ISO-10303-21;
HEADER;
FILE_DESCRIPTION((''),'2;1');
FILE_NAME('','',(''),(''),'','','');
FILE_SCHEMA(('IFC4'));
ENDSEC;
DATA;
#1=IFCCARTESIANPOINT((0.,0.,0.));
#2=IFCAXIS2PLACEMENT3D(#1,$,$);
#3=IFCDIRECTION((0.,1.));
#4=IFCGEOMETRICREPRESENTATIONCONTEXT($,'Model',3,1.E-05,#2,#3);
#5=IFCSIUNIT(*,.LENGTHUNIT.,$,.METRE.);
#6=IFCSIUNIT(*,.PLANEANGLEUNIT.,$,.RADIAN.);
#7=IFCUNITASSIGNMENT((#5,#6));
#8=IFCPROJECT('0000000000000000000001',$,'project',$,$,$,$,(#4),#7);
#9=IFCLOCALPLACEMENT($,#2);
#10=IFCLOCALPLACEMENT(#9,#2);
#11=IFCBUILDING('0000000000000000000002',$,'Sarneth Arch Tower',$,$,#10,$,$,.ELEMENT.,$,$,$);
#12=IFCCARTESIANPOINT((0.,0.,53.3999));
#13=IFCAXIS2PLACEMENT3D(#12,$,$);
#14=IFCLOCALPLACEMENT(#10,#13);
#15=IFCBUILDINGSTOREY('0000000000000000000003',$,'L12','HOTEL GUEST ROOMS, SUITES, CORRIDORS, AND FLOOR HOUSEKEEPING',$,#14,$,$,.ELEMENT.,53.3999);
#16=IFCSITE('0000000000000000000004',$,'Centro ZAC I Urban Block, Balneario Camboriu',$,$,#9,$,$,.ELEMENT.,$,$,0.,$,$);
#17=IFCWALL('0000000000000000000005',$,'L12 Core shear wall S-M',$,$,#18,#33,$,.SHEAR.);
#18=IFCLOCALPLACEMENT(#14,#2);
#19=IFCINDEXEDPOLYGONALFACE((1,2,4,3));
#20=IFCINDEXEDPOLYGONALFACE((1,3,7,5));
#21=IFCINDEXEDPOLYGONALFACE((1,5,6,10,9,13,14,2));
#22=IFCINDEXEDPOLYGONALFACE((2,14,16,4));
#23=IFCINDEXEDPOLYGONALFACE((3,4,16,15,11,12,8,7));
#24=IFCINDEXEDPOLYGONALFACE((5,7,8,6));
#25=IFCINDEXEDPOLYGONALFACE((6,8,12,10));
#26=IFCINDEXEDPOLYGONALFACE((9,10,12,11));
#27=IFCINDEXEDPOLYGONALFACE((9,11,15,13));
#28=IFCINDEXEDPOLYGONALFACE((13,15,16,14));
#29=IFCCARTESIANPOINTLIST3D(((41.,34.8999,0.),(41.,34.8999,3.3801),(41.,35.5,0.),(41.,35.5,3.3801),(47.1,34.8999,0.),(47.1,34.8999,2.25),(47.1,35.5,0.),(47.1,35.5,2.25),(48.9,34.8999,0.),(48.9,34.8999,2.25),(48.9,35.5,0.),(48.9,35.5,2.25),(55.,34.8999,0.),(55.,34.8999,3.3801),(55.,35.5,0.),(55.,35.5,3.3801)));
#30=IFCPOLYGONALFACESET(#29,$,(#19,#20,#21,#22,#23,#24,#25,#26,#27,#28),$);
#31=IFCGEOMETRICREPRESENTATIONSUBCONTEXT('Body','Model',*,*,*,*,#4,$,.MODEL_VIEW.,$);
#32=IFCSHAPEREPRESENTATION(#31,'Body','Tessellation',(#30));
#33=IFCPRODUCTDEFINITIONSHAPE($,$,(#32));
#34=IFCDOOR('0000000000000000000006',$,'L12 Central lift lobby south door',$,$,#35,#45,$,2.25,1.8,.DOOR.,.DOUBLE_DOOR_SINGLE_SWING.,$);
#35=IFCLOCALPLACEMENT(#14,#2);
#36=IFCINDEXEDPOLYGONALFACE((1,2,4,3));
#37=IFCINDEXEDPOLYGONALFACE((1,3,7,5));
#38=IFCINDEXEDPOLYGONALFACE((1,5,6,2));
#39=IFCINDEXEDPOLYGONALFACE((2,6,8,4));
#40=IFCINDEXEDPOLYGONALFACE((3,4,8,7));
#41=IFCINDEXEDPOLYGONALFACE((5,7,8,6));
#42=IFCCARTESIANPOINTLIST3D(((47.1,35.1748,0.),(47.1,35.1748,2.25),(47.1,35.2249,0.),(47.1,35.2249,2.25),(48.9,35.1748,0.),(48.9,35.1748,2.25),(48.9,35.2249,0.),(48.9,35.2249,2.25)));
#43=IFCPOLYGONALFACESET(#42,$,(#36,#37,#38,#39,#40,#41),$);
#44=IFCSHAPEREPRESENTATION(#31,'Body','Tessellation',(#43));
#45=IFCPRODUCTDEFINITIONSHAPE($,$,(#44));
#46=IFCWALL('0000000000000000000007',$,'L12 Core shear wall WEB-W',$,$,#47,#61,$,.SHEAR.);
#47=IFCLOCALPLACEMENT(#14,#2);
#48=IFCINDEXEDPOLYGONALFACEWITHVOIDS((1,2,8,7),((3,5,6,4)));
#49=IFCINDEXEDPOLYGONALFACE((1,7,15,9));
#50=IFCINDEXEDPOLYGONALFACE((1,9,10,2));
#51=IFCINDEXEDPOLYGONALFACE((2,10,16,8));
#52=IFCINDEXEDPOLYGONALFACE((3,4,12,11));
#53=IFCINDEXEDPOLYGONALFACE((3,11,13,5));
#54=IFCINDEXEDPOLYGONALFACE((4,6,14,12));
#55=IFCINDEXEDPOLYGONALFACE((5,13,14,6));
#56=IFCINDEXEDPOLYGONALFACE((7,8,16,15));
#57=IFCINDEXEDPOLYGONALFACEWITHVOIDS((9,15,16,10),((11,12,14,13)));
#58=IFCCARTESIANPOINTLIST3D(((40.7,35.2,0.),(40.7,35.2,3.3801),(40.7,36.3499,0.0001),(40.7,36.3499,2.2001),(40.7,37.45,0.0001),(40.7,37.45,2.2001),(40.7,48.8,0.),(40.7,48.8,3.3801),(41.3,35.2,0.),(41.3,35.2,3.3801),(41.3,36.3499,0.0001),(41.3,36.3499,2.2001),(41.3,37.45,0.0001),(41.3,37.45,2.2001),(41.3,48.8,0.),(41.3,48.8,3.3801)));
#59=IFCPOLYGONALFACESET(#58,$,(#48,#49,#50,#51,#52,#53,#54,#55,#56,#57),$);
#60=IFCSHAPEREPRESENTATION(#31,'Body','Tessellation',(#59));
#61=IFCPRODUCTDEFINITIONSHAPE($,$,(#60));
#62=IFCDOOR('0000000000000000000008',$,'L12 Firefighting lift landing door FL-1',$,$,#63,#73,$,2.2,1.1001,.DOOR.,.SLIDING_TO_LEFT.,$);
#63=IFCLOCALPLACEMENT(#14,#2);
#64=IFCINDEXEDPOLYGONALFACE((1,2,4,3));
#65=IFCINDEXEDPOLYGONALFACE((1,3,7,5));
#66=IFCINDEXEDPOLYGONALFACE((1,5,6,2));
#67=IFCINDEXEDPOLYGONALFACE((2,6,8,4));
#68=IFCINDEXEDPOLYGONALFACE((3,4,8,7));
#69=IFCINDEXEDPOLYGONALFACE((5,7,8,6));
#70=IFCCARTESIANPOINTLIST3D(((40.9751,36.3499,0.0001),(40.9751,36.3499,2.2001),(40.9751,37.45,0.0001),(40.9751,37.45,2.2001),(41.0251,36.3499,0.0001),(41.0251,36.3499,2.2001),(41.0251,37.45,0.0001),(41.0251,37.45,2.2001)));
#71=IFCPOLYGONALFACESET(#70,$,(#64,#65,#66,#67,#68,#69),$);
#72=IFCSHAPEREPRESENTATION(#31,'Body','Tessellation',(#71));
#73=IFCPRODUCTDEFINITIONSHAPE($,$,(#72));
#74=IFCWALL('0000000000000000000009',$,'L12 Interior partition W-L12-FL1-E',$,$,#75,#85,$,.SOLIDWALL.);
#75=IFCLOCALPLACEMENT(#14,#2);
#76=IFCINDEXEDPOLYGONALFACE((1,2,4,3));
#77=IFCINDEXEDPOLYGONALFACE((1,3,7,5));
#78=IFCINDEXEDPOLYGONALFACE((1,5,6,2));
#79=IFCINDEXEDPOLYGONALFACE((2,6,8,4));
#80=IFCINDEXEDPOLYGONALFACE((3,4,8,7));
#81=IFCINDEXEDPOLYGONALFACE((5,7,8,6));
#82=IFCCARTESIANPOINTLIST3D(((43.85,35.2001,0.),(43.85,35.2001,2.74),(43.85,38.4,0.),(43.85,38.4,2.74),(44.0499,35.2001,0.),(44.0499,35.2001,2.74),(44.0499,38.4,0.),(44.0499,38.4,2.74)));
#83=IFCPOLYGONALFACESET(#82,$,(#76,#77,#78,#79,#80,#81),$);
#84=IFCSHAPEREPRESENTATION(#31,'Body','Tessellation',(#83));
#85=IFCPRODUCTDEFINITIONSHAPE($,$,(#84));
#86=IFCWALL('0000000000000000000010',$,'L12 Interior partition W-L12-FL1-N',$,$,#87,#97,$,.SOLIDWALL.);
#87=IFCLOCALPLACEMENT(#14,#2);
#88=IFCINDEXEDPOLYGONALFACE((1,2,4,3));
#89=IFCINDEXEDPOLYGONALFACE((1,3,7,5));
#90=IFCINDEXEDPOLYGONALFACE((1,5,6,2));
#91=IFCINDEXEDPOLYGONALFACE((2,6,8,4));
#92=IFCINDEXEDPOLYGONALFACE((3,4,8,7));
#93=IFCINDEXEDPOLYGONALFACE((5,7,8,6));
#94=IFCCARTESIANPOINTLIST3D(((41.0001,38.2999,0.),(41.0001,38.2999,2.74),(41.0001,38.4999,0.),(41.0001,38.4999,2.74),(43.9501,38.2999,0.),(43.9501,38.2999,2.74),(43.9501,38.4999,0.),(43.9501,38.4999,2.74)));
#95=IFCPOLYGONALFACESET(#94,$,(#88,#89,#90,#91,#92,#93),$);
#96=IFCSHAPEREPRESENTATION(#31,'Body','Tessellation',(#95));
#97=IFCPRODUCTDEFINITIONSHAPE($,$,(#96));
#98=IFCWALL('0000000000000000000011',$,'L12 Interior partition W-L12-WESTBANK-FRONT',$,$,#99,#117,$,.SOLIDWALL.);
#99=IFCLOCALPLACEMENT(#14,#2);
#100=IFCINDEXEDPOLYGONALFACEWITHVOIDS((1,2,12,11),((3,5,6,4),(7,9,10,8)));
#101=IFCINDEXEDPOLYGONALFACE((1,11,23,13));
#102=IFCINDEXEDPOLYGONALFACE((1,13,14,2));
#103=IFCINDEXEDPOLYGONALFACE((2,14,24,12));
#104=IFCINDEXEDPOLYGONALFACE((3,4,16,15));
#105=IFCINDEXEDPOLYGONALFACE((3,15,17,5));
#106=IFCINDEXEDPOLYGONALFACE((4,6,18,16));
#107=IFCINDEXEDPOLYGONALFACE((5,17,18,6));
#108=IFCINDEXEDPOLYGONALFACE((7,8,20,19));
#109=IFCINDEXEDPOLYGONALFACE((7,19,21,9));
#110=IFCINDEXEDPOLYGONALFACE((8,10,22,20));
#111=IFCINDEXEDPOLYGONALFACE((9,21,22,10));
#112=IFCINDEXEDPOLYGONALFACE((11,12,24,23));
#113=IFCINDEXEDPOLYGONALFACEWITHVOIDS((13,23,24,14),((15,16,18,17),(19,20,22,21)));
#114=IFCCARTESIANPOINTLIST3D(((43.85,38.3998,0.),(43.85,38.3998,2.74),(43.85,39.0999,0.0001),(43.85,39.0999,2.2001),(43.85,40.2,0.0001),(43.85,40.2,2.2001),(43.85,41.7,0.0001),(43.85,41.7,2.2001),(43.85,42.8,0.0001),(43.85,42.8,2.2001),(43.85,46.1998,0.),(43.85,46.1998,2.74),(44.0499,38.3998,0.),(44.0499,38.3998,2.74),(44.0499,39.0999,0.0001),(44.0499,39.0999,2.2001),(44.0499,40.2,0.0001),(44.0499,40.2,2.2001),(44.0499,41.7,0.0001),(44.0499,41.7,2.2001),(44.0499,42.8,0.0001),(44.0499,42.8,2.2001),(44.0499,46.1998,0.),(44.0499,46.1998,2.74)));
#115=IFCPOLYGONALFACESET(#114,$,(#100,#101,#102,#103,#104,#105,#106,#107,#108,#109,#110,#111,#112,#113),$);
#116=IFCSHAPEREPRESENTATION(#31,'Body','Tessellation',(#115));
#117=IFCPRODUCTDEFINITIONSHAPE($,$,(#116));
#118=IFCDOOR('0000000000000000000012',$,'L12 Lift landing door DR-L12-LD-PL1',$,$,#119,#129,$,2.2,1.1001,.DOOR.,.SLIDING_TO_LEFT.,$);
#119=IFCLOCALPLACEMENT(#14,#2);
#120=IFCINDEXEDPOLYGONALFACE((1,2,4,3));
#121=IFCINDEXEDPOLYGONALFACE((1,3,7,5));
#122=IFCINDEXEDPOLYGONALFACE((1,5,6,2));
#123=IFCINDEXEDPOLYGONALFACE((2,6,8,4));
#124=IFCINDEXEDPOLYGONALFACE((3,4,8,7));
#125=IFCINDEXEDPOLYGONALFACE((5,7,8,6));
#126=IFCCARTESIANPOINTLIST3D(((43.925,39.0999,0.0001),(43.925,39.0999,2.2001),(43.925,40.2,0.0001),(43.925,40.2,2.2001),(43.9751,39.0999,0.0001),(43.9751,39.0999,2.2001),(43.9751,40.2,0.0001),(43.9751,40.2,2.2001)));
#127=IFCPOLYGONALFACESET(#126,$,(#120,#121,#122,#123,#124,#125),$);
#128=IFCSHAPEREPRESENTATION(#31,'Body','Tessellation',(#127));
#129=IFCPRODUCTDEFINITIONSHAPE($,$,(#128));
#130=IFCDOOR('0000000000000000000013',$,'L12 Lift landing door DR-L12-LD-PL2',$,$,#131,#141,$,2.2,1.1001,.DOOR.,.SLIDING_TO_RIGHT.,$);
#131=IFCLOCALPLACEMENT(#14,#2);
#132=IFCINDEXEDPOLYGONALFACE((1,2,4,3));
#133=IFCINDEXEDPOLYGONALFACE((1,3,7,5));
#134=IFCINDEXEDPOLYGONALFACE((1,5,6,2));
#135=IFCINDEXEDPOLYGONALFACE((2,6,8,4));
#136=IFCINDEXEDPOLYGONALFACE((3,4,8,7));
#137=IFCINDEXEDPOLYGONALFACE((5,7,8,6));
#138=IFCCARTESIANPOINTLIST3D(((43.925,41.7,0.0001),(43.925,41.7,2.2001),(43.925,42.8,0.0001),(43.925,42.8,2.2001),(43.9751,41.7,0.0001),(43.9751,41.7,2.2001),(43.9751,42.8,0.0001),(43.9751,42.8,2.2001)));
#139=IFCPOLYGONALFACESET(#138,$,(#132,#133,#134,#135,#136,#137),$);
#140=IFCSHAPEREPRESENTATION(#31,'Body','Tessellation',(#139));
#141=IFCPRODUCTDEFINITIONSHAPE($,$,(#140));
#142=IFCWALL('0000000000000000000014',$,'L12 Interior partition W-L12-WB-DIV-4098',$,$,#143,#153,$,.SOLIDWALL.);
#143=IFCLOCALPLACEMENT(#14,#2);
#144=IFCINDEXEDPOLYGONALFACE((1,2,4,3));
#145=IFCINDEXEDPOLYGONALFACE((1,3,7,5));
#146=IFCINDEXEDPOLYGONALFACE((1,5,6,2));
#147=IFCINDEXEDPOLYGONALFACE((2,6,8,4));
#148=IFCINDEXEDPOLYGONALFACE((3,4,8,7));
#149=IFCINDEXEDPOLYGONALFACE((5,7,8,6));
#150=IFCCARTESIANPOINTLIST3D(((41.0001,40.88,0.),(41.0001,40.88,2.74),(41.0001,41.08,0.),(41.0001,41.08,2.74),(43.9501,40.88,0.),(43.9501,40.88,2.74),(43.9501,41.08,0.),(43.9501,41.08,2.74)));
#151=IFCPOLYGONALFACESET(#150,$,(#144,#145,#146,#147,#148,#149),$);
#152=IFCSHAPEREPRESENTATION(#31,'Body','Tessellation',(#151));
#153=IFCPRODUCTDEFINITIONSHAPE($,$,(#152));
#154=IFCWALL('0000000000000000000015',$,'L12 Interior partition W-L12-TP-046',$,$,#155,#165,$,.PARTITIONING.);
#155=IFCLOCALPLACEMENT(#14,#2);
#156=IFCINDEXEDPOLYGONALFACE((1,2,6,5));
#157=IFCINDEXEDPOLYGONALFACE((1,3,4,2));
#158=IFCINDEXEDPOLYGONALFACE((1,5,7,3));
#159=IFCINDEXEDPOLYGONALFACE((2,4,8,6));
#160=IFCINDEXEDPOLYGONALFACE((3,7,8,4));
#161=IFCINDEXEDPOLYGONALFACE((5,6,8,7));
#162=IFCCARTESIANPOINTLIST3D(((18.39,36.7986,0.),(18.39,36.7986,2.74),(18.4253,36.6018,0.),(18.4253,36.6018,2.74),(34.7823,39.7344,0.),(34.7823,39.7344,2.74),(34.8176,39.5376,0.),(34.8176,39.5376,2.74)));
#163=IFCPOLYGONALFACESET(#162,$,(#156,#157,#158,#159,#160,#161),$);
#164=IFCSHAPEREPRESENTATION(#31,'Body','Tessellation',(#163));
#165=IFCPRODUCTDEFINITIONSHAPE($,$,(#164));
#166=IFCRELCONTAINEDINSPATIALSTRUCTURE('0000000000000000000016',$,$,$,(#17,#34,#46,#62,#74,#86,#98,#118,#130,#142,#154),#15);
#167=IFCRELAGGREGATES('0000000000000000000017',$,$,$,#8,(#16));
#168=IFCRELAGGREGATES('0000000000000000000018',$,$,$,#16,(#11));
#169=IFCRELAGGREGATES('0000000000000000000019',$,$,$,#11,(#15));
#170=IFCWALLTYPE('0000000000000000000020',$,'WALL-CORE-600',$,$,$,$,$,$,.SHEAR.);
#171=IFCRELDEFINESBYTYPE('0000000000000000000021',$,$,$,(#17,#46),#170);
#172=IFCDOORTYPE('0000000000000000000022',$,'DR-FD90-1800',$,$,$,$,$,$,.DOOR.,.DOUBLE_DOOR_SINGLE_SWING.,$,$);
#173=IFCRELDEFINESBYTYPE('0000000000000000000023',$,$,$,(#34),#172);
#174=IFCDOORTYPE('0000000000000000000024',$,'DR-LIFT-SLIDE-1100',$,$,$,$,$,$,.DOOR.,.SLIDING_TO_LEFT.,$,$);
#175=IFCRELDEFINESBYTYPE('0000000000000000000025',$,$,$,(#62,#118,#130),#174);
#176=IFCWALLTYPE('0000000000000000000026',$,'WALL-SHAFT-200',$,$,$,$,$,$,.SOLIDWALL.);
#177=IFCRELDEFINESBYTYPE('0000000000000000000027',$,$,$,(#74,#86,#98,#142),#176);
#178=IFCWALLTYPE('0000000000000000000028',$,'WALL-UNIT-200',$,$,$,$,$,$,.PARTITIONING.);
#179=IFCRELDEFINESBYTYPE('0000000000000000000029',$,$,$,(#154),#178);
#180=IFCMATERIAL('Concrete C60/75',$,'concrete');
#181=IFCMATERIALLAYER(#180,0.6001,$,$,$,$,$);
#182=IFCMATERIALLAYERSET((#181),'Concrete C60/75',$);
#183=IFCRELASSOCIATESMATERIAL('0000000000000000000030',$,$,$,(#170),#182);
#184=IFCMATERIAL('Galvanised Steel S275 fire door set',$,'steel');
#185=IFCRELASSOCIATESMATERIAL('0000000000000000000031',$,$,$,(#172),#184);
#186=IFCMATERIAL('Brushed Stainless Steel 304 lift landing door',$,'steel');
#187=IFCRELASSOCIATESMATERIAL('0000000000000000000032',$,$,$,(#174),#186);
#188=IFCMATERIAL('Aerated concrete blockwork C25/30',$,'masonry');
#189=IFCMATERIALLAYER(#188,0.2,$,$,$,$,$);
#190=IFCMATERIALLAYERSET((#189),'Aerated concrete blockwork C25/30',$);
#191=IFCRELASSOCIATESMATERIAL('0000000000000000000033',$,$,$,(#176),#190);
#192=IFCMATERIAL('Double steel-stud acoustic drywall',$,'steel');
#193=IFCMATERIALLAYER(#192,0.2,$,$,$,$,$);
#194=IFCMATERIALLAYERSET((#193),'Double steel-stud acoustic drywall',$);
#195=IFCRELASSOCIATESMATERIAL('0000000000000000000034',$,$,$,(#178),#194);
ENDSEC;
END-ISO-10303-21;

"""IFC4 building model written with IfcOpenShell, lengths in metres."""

from ifc_helpers import new_model, si_unit, direction, frame, frame_2d, origin, place, context, subcontext, project, spatial, rectangle, extrude, material, layer, layer_set, type_object, element, fill, save


model = new_model("IFC4")

# Units and contexts
model_context = context("Model", 3, precision=1e-05, world=origin(), true_north=direction((0.0, 1.0)))
body_context = subcontext(model_context, "Body", "Model", "MODEL_VIEW")
ifc_project = project(units=[si_unit("LENGTHUNIT", "METRE"), si_unit("PLANEANGLEUNIT", "RADIAN")], contexts=[model_context])

# Site, building, storey
site_placement = place(None, origin())
site = spatial("IfcSite", under=ifc_project, at=site_placement, Name="Centro ZAC I Urban Block, Balneario Camboriu", CompositionType="ELEMENT", RefElevation=0.0)
building_placement = place(site_placement, origin())
building = spatial("IfcBuilding", under=site, at=building_placement, Name="Sarneth Arch Tower", CompositionType="ELEMENT")
storey_placement = place(building_placement, frame((0.0, 0.0, 53.3999)))
storey = spatial("IfcBuildingStorey", under=building, at=storey_placement, Name="L12", Description="HOTEL GUEST ROOMS, SUITES, CORRIDORS, AND FLOOR HOUSEKEEPING", CompositionType="ELEMENT", Elevation=53.3999)

# Walls, openings, doors
ifc_material_1 = material(Name="Concrete C60/75", Category="concrete")
ifc_layer_1 = layer(ifc_material_1, 0.6001)
ifc_layer_set_1 = layer_set([ifc_layer_1], Name="Concrete C60/75")
wall_type_1 = type_object("IfcWallType", Name="WALL-CORE-600", PredefinedType="SHEAR", material=ifc_layer_set_1)
wall_1_placement = place(storey_placement, frame((41.0, 35.2, 0.0), z_axis=(0.0, 0.0, 1.0), x_axis=(1.0, 0.0, 0.0)))
wall_1 = element("IfcWall", 1, at=wall_1_placement, inside=storey, type_object=wall_type_1, Name="L12 Core shear wall S-M", PredefinedType="SHEAR", context=body_context, shape_type="SweptSolid", body=[
    extrude(rectangle(XDim=14.0, YDim=0.6001, at=frame_2d((7.0, 0.0))), origin(), (0.0, 0.0, 1.0), 3.3801),
])
opening_1_placement = place(wall_1_placement, frame((6.1001, 0.0, 0.0)))
opening_1 = element("IfcOpeningElement", 2, at=opening_1_placement, cuts=wall_1, PredefinedType="OPENING", context=body_context, shape_type="SweptSolid", body=[
    extrude(rectangle(XDim=1.8, YDim=2.25, at=frame_2d((0.8999, 1.125))), frame((0.0, 0.3101, 0.0), z_axis=(0.0, -1.0, 0.0), x_axis=(1.0, 0.0, 0.0)), (0.0, 0.0, 1.0), 0.6201),
])
ifc_material_2 = material(Name="Galvanised Steel S275 fire door set", Category="steel")
door_type_1 = type_object("IfcDoorType", Name="DR-FD90-1800", OperationType="DOUBLE_DOOR_SINGLE_SWING", PredefinedType="DOOR", material=ifc_material_2)
door_1_placement = place(opening_1_placement, origin())
door_1 = element("IfcDoor", 3, at=door_1_placement, inside=storey, type_object=door_type_1, Name="L12 Central lift lobby south door", OperationType="DOUBLE_DOOR_SINGLE_SWING", OverallHeight=2.25, OverallWidth=1.8, PredefinedType="DOOR", context=body_context, shape_type="SweptSolid", body=[
    extrude(rectangle(XDim=1.8, YDim=2.25, at=frame_2d((0.8999, 1.125))), frame((0.0, 0.0249, 0.0), z_axis=(0.0, -1.0, 0.0), x_axis=(1.0, 0.0, 0.0)), (0.0, 0.0, 1.0), 0.05),
])
fill(opening_1, door_1)
wall_2_placement = place(storey_placement, frame((41.0, 35.2, 0.0), z_axis=(0.0, 0.0, 1.0), x_axis=(0.0, 1.0, 0.0)))
wall_2 = element("IfcWall", 4, at=wall_2_placement, inside=storey, type_object=wall_type_1, Name="L12 Core shear wall WEB-W", PredefinedType="SHEAR", context=body_context, shape_type="SweptSolid", body=[
    extrude(rectangle(XDim=13.6001, YDim=0.6001, at=frame_2d((6.8, 0.0))), origin(), (0.0, 0.0, 1.0), 3.3801),
])
opening_2_placement = place(wall_2_placement, frame((1.1499, 0.0, 0.0)))
opening_2 = element("IfcOpeningElement", 5, at=opening_2_placement, cuts=wall_2, PredefinedType="OPENING", context=body_context, shape_type="SweptSolid", body=[
    extrude(rectangle(XDim=1.1001, YDim=2.2, at=frame_2d((0.55, 1.1001))), frame((0.0, 0.3101, 0.0), z_axis=(0.0, -1.0, 0.0), x_axis=(1.0, 0.0, 0.0)), (0.0, 0.0, 1.0), 0.6201),
])
ifc_material_3 = material(Name="Brushed Stainless Steel 304 lift landing door", Category="steel")
door_type_2 = type_object("IfcDoorType", Name="DR-LIFT-SLIDE-1100", OperationType="SLIDING_TO_LEFT", PredefinedType="DOOR", material=ifc_material_3)
door_2_placement = place(opening_2_placement, origin())
door_2 = element("IfcDoor", 6, at=door_2_placement, inside=storey, type_object=door_type_2, Name="L12 Firefighting lift landing door FL-1", OperationType="SLIDING_TO_LEFT", OverallHeight=2.2, OverallWidth=1.1001, PredefinedType="DOOR", context=body_context, shape_type="SweptSolid", body=[
    extrude(rectangle(XDim=1.1001, YDim=2.2, at=frame_2d((0.55, 1.1001))), frame((0.0, 0.0249, 0.0), z_axis=(0.0, -1.0, 0.0), x_axis=(1.0, 0.0, 0.0)), (0.0, 0.0, 1.0), 0.05),
])
fill(opening_2, door_2)
ifc_material_4 = material(Name="Aerated concrete blockwork C25/30", Category="masonry")
ifc_layer_2 = layer(ifc_material_4, 0.2)
ifc_layer_set_2 = layer_set([ifc_layer_2], Name="Aerated concrete blockwork C25/30")
wall_type_2 = type_object("IfcWallType", Name="WALL-SHAFT-200", PredefinedType="SOLIDWALL", material=ifc_layer_set_2)

# Walls
wall_3_placement = place(storey_placement, frame((43.95, 35.2, 0.0), z_axis=(0.0, 0.0, 1.0), x_axis=(0.0, 1.0, 0.0)))
element("IfcWall", 7, at=wall_3_placement, inside=storey, type_object=wall_type_2, Name="L12 Interior partition W-L12-FL1-E", PredefinedType="SOLIDWALL", context=body_context, shape_type="SweptSolid", body=[
    extrude(rectangle(XDim=3.2, YDim=0.2, at=frame_2d((1.6001, 0.0))), origin(), (0.0, 0.0, 1.0), 2.74),
])
wall_4_placement = place(storey_placement, frame((41.0, 38.3999, 0.0), z_axis=(0.0, 0.0, 1.0), x_axis=(1.0, 0.0, 0.0)))
element("IfcWall", 8, at=wall_4_placement, inside=storey, type_object=wall_type_2, Name="L12 Interior partition W-L12-FL1-N", PredefinedType="SOLIDWALL", context=body_context, shape_type="SweptSolid", body=[
    extrude(rectangle(XDim=2.95, YDim=0.2, at=frame_2d((1.4751, 0.0))), origin(), (0.0, 0.0, 1.0), 2.74),
])

# Wall, openings, doors
wall_5_placement = place(storey_placement, frame((43.95, 38.3999, 0.0), z_axis=(0.0, 0.0, 1.0), x_axis=(0.0, 1.0, 0.0)))
wall_5 = element("IfcWall", 9, at=wall_5_placement, inside=storey, type_object=wall_type_2, Name="L12 Interior partition W-L12-WESTBANK-FRONT", PredefinedType="SOLIDWALL", context=body_context, shape_type="SweptSolid", body=[
    extrude(rectangle(XDim=7.8, YDim=0.2, at=frame_2d((3.8999, 0.0))), origin(), (0.0, 0.0, 1.0), 2.74),
])
opening_3_placement = place(wall_5_placement, frame((0.7, 0.0, 0.0)))
opening_3 = element("IfcOpeningElement", 10, at=opening_3_placement, cuts=wall_5, PredefinedType="OPENING", context=body_context, shape_type="SweptSolid", body=[
    extrude(rectangle(XDim=1.1001, YDim=2.2, at=frame_2d((0.55, 1.1001))), frame((0.0, 0.1099, 0.0), z_axis=(0.0, -1.0, 0.0), x_axis=(1.0, 0.0, 0.0)), (0.0, 0.0, 1.0), 0.22),
])
opening_4_placement = place(wall_5_placement, frame((3.3, 0.0, 0.0)))
opening_4 = element("IfcOpeningElement", 11, at=opening_4_placement, cuts=wall_5, PredefinedType="OPENING", context=body_context, shape_type="SweptSolid", body=[
    extrude(rectangle(XDim=1.1001, YDim=2.2, at=frame_2d((0.55, 1.1001))), frame((0.0, 0.1099, 0.0), z_axis=(0.0, -1.0, 0.0), x_axis=(1.0, 0.0, 0.0)), (0.0, 0.0, 1.0), 0.22),
])
door_3_placement = place(opening_3_placement, origin())
door_3 = element("IfcDoor", 12, at=door_3_placement, inside=storey, type_object=door_type_2, Name="L12 Lift landing door DR-L12-LD-PL1", OperationType="SLIDING_TO_LEFT", OverallHeight=2.2, OverallWidth=1.1001, PredefinedType="DOOR", context=body_context, shape_type="SweptSolid", body=[
    extrude(rectangle(XDim=1.1001, YDim=2.2, at=frame_2d((0.55, 1.1001))), frame((0.0, 0.0249, 0.0), z_axis=(0.0, -1.0, 0.0), x_axis=(1.0, 0.0, 0.0)), (0.0, 0.0, 1.0), 0.05),
])
fill(opening_3, door_3)
door_4_placement = place(opening_4_placement, origin())
door_4 = element("IfcDoor", 13, at=door_4_placement, inside=storey, type_object=door_type_2, Name="L12 Lift landing door DR-L12-LD-PL2", OperationType="SLIDING_TO_RIGHT", OverallHeight=2.2, OverallWidth=1.1001, PredefinedType="DOOR", context=body_context, shape_type="SweptSolid", body=[
    extrude(rectangle(XDim=1.1001, YDim=2.2, at=frame_2d((0.55, 1.1001))), frame((0.0, 0.0249, 0.0), z_axis=(0.0, -1.0, 0.0), x_axis=(1.0, 0.0, 0.0)), (0.0, 0.0, 1.0), 0.05),
])
fill(opening_4, door_4)

# Walls
wall_6_placement = place(storey_placement, frame((41.0, 40.98, 0.0), z_axis=(0.0, 0.0, 1.0), x_axis=(1.0, 0.0, 0.0)))
element("IfcWall", 14, at=wall_6_placement, inside=storey, type_object=wall_type_2, Name="L12 Interior partition W-L12-WB-DIV-4098", PredefinedType="SOLIDWALL", context=body_context, shape_type="SweptSolid", body=[
    extrude(rectangle(XDim=2.95, YDim=0.2, at=frame_2d((1.4751, 0.0))), origin(), (0.0, 0.0, 1.0), 2.74),
])
ifc_material_5 = material(Name="Double steel-stud acoustic drywall", Category="steel")
ifc_layer_3 = layer(ifc_material_5, 0.2)
ifc_layer_set_3 = layer_set([ifc_layer_3], Name="Double steel-stud acoustic drywall")
wall_type_3 = type_object("IfcWallType", Name="WALL-UNIT-200", PredefinedType="PARTITIONING", material=ifc_layer_set_3)
wall_7_placement = place(storey_placement, frame((34.8, 39.636, 0.0), z_axis=(0.0, 0.0, 1.0), x_axis=(-0.984338, -0.17629, 0.0)))
element("IfcWall", 15, at=wall_7_placement, inside=storey, type_object=wall_type_3, Name="L12 Interior partition W-L12-TP-046", PredefinedType="PARTITIONING", context=body_context, shape_type="SweptSolid", body=[
    extrude(rectangle(XDim=16.6531, YDim=0.2, at=frame_2d((8.3267, 0.0))), origin(), (0.0, 0.0, 1.0), 2.74),
])

save(model, "model.ifc")
